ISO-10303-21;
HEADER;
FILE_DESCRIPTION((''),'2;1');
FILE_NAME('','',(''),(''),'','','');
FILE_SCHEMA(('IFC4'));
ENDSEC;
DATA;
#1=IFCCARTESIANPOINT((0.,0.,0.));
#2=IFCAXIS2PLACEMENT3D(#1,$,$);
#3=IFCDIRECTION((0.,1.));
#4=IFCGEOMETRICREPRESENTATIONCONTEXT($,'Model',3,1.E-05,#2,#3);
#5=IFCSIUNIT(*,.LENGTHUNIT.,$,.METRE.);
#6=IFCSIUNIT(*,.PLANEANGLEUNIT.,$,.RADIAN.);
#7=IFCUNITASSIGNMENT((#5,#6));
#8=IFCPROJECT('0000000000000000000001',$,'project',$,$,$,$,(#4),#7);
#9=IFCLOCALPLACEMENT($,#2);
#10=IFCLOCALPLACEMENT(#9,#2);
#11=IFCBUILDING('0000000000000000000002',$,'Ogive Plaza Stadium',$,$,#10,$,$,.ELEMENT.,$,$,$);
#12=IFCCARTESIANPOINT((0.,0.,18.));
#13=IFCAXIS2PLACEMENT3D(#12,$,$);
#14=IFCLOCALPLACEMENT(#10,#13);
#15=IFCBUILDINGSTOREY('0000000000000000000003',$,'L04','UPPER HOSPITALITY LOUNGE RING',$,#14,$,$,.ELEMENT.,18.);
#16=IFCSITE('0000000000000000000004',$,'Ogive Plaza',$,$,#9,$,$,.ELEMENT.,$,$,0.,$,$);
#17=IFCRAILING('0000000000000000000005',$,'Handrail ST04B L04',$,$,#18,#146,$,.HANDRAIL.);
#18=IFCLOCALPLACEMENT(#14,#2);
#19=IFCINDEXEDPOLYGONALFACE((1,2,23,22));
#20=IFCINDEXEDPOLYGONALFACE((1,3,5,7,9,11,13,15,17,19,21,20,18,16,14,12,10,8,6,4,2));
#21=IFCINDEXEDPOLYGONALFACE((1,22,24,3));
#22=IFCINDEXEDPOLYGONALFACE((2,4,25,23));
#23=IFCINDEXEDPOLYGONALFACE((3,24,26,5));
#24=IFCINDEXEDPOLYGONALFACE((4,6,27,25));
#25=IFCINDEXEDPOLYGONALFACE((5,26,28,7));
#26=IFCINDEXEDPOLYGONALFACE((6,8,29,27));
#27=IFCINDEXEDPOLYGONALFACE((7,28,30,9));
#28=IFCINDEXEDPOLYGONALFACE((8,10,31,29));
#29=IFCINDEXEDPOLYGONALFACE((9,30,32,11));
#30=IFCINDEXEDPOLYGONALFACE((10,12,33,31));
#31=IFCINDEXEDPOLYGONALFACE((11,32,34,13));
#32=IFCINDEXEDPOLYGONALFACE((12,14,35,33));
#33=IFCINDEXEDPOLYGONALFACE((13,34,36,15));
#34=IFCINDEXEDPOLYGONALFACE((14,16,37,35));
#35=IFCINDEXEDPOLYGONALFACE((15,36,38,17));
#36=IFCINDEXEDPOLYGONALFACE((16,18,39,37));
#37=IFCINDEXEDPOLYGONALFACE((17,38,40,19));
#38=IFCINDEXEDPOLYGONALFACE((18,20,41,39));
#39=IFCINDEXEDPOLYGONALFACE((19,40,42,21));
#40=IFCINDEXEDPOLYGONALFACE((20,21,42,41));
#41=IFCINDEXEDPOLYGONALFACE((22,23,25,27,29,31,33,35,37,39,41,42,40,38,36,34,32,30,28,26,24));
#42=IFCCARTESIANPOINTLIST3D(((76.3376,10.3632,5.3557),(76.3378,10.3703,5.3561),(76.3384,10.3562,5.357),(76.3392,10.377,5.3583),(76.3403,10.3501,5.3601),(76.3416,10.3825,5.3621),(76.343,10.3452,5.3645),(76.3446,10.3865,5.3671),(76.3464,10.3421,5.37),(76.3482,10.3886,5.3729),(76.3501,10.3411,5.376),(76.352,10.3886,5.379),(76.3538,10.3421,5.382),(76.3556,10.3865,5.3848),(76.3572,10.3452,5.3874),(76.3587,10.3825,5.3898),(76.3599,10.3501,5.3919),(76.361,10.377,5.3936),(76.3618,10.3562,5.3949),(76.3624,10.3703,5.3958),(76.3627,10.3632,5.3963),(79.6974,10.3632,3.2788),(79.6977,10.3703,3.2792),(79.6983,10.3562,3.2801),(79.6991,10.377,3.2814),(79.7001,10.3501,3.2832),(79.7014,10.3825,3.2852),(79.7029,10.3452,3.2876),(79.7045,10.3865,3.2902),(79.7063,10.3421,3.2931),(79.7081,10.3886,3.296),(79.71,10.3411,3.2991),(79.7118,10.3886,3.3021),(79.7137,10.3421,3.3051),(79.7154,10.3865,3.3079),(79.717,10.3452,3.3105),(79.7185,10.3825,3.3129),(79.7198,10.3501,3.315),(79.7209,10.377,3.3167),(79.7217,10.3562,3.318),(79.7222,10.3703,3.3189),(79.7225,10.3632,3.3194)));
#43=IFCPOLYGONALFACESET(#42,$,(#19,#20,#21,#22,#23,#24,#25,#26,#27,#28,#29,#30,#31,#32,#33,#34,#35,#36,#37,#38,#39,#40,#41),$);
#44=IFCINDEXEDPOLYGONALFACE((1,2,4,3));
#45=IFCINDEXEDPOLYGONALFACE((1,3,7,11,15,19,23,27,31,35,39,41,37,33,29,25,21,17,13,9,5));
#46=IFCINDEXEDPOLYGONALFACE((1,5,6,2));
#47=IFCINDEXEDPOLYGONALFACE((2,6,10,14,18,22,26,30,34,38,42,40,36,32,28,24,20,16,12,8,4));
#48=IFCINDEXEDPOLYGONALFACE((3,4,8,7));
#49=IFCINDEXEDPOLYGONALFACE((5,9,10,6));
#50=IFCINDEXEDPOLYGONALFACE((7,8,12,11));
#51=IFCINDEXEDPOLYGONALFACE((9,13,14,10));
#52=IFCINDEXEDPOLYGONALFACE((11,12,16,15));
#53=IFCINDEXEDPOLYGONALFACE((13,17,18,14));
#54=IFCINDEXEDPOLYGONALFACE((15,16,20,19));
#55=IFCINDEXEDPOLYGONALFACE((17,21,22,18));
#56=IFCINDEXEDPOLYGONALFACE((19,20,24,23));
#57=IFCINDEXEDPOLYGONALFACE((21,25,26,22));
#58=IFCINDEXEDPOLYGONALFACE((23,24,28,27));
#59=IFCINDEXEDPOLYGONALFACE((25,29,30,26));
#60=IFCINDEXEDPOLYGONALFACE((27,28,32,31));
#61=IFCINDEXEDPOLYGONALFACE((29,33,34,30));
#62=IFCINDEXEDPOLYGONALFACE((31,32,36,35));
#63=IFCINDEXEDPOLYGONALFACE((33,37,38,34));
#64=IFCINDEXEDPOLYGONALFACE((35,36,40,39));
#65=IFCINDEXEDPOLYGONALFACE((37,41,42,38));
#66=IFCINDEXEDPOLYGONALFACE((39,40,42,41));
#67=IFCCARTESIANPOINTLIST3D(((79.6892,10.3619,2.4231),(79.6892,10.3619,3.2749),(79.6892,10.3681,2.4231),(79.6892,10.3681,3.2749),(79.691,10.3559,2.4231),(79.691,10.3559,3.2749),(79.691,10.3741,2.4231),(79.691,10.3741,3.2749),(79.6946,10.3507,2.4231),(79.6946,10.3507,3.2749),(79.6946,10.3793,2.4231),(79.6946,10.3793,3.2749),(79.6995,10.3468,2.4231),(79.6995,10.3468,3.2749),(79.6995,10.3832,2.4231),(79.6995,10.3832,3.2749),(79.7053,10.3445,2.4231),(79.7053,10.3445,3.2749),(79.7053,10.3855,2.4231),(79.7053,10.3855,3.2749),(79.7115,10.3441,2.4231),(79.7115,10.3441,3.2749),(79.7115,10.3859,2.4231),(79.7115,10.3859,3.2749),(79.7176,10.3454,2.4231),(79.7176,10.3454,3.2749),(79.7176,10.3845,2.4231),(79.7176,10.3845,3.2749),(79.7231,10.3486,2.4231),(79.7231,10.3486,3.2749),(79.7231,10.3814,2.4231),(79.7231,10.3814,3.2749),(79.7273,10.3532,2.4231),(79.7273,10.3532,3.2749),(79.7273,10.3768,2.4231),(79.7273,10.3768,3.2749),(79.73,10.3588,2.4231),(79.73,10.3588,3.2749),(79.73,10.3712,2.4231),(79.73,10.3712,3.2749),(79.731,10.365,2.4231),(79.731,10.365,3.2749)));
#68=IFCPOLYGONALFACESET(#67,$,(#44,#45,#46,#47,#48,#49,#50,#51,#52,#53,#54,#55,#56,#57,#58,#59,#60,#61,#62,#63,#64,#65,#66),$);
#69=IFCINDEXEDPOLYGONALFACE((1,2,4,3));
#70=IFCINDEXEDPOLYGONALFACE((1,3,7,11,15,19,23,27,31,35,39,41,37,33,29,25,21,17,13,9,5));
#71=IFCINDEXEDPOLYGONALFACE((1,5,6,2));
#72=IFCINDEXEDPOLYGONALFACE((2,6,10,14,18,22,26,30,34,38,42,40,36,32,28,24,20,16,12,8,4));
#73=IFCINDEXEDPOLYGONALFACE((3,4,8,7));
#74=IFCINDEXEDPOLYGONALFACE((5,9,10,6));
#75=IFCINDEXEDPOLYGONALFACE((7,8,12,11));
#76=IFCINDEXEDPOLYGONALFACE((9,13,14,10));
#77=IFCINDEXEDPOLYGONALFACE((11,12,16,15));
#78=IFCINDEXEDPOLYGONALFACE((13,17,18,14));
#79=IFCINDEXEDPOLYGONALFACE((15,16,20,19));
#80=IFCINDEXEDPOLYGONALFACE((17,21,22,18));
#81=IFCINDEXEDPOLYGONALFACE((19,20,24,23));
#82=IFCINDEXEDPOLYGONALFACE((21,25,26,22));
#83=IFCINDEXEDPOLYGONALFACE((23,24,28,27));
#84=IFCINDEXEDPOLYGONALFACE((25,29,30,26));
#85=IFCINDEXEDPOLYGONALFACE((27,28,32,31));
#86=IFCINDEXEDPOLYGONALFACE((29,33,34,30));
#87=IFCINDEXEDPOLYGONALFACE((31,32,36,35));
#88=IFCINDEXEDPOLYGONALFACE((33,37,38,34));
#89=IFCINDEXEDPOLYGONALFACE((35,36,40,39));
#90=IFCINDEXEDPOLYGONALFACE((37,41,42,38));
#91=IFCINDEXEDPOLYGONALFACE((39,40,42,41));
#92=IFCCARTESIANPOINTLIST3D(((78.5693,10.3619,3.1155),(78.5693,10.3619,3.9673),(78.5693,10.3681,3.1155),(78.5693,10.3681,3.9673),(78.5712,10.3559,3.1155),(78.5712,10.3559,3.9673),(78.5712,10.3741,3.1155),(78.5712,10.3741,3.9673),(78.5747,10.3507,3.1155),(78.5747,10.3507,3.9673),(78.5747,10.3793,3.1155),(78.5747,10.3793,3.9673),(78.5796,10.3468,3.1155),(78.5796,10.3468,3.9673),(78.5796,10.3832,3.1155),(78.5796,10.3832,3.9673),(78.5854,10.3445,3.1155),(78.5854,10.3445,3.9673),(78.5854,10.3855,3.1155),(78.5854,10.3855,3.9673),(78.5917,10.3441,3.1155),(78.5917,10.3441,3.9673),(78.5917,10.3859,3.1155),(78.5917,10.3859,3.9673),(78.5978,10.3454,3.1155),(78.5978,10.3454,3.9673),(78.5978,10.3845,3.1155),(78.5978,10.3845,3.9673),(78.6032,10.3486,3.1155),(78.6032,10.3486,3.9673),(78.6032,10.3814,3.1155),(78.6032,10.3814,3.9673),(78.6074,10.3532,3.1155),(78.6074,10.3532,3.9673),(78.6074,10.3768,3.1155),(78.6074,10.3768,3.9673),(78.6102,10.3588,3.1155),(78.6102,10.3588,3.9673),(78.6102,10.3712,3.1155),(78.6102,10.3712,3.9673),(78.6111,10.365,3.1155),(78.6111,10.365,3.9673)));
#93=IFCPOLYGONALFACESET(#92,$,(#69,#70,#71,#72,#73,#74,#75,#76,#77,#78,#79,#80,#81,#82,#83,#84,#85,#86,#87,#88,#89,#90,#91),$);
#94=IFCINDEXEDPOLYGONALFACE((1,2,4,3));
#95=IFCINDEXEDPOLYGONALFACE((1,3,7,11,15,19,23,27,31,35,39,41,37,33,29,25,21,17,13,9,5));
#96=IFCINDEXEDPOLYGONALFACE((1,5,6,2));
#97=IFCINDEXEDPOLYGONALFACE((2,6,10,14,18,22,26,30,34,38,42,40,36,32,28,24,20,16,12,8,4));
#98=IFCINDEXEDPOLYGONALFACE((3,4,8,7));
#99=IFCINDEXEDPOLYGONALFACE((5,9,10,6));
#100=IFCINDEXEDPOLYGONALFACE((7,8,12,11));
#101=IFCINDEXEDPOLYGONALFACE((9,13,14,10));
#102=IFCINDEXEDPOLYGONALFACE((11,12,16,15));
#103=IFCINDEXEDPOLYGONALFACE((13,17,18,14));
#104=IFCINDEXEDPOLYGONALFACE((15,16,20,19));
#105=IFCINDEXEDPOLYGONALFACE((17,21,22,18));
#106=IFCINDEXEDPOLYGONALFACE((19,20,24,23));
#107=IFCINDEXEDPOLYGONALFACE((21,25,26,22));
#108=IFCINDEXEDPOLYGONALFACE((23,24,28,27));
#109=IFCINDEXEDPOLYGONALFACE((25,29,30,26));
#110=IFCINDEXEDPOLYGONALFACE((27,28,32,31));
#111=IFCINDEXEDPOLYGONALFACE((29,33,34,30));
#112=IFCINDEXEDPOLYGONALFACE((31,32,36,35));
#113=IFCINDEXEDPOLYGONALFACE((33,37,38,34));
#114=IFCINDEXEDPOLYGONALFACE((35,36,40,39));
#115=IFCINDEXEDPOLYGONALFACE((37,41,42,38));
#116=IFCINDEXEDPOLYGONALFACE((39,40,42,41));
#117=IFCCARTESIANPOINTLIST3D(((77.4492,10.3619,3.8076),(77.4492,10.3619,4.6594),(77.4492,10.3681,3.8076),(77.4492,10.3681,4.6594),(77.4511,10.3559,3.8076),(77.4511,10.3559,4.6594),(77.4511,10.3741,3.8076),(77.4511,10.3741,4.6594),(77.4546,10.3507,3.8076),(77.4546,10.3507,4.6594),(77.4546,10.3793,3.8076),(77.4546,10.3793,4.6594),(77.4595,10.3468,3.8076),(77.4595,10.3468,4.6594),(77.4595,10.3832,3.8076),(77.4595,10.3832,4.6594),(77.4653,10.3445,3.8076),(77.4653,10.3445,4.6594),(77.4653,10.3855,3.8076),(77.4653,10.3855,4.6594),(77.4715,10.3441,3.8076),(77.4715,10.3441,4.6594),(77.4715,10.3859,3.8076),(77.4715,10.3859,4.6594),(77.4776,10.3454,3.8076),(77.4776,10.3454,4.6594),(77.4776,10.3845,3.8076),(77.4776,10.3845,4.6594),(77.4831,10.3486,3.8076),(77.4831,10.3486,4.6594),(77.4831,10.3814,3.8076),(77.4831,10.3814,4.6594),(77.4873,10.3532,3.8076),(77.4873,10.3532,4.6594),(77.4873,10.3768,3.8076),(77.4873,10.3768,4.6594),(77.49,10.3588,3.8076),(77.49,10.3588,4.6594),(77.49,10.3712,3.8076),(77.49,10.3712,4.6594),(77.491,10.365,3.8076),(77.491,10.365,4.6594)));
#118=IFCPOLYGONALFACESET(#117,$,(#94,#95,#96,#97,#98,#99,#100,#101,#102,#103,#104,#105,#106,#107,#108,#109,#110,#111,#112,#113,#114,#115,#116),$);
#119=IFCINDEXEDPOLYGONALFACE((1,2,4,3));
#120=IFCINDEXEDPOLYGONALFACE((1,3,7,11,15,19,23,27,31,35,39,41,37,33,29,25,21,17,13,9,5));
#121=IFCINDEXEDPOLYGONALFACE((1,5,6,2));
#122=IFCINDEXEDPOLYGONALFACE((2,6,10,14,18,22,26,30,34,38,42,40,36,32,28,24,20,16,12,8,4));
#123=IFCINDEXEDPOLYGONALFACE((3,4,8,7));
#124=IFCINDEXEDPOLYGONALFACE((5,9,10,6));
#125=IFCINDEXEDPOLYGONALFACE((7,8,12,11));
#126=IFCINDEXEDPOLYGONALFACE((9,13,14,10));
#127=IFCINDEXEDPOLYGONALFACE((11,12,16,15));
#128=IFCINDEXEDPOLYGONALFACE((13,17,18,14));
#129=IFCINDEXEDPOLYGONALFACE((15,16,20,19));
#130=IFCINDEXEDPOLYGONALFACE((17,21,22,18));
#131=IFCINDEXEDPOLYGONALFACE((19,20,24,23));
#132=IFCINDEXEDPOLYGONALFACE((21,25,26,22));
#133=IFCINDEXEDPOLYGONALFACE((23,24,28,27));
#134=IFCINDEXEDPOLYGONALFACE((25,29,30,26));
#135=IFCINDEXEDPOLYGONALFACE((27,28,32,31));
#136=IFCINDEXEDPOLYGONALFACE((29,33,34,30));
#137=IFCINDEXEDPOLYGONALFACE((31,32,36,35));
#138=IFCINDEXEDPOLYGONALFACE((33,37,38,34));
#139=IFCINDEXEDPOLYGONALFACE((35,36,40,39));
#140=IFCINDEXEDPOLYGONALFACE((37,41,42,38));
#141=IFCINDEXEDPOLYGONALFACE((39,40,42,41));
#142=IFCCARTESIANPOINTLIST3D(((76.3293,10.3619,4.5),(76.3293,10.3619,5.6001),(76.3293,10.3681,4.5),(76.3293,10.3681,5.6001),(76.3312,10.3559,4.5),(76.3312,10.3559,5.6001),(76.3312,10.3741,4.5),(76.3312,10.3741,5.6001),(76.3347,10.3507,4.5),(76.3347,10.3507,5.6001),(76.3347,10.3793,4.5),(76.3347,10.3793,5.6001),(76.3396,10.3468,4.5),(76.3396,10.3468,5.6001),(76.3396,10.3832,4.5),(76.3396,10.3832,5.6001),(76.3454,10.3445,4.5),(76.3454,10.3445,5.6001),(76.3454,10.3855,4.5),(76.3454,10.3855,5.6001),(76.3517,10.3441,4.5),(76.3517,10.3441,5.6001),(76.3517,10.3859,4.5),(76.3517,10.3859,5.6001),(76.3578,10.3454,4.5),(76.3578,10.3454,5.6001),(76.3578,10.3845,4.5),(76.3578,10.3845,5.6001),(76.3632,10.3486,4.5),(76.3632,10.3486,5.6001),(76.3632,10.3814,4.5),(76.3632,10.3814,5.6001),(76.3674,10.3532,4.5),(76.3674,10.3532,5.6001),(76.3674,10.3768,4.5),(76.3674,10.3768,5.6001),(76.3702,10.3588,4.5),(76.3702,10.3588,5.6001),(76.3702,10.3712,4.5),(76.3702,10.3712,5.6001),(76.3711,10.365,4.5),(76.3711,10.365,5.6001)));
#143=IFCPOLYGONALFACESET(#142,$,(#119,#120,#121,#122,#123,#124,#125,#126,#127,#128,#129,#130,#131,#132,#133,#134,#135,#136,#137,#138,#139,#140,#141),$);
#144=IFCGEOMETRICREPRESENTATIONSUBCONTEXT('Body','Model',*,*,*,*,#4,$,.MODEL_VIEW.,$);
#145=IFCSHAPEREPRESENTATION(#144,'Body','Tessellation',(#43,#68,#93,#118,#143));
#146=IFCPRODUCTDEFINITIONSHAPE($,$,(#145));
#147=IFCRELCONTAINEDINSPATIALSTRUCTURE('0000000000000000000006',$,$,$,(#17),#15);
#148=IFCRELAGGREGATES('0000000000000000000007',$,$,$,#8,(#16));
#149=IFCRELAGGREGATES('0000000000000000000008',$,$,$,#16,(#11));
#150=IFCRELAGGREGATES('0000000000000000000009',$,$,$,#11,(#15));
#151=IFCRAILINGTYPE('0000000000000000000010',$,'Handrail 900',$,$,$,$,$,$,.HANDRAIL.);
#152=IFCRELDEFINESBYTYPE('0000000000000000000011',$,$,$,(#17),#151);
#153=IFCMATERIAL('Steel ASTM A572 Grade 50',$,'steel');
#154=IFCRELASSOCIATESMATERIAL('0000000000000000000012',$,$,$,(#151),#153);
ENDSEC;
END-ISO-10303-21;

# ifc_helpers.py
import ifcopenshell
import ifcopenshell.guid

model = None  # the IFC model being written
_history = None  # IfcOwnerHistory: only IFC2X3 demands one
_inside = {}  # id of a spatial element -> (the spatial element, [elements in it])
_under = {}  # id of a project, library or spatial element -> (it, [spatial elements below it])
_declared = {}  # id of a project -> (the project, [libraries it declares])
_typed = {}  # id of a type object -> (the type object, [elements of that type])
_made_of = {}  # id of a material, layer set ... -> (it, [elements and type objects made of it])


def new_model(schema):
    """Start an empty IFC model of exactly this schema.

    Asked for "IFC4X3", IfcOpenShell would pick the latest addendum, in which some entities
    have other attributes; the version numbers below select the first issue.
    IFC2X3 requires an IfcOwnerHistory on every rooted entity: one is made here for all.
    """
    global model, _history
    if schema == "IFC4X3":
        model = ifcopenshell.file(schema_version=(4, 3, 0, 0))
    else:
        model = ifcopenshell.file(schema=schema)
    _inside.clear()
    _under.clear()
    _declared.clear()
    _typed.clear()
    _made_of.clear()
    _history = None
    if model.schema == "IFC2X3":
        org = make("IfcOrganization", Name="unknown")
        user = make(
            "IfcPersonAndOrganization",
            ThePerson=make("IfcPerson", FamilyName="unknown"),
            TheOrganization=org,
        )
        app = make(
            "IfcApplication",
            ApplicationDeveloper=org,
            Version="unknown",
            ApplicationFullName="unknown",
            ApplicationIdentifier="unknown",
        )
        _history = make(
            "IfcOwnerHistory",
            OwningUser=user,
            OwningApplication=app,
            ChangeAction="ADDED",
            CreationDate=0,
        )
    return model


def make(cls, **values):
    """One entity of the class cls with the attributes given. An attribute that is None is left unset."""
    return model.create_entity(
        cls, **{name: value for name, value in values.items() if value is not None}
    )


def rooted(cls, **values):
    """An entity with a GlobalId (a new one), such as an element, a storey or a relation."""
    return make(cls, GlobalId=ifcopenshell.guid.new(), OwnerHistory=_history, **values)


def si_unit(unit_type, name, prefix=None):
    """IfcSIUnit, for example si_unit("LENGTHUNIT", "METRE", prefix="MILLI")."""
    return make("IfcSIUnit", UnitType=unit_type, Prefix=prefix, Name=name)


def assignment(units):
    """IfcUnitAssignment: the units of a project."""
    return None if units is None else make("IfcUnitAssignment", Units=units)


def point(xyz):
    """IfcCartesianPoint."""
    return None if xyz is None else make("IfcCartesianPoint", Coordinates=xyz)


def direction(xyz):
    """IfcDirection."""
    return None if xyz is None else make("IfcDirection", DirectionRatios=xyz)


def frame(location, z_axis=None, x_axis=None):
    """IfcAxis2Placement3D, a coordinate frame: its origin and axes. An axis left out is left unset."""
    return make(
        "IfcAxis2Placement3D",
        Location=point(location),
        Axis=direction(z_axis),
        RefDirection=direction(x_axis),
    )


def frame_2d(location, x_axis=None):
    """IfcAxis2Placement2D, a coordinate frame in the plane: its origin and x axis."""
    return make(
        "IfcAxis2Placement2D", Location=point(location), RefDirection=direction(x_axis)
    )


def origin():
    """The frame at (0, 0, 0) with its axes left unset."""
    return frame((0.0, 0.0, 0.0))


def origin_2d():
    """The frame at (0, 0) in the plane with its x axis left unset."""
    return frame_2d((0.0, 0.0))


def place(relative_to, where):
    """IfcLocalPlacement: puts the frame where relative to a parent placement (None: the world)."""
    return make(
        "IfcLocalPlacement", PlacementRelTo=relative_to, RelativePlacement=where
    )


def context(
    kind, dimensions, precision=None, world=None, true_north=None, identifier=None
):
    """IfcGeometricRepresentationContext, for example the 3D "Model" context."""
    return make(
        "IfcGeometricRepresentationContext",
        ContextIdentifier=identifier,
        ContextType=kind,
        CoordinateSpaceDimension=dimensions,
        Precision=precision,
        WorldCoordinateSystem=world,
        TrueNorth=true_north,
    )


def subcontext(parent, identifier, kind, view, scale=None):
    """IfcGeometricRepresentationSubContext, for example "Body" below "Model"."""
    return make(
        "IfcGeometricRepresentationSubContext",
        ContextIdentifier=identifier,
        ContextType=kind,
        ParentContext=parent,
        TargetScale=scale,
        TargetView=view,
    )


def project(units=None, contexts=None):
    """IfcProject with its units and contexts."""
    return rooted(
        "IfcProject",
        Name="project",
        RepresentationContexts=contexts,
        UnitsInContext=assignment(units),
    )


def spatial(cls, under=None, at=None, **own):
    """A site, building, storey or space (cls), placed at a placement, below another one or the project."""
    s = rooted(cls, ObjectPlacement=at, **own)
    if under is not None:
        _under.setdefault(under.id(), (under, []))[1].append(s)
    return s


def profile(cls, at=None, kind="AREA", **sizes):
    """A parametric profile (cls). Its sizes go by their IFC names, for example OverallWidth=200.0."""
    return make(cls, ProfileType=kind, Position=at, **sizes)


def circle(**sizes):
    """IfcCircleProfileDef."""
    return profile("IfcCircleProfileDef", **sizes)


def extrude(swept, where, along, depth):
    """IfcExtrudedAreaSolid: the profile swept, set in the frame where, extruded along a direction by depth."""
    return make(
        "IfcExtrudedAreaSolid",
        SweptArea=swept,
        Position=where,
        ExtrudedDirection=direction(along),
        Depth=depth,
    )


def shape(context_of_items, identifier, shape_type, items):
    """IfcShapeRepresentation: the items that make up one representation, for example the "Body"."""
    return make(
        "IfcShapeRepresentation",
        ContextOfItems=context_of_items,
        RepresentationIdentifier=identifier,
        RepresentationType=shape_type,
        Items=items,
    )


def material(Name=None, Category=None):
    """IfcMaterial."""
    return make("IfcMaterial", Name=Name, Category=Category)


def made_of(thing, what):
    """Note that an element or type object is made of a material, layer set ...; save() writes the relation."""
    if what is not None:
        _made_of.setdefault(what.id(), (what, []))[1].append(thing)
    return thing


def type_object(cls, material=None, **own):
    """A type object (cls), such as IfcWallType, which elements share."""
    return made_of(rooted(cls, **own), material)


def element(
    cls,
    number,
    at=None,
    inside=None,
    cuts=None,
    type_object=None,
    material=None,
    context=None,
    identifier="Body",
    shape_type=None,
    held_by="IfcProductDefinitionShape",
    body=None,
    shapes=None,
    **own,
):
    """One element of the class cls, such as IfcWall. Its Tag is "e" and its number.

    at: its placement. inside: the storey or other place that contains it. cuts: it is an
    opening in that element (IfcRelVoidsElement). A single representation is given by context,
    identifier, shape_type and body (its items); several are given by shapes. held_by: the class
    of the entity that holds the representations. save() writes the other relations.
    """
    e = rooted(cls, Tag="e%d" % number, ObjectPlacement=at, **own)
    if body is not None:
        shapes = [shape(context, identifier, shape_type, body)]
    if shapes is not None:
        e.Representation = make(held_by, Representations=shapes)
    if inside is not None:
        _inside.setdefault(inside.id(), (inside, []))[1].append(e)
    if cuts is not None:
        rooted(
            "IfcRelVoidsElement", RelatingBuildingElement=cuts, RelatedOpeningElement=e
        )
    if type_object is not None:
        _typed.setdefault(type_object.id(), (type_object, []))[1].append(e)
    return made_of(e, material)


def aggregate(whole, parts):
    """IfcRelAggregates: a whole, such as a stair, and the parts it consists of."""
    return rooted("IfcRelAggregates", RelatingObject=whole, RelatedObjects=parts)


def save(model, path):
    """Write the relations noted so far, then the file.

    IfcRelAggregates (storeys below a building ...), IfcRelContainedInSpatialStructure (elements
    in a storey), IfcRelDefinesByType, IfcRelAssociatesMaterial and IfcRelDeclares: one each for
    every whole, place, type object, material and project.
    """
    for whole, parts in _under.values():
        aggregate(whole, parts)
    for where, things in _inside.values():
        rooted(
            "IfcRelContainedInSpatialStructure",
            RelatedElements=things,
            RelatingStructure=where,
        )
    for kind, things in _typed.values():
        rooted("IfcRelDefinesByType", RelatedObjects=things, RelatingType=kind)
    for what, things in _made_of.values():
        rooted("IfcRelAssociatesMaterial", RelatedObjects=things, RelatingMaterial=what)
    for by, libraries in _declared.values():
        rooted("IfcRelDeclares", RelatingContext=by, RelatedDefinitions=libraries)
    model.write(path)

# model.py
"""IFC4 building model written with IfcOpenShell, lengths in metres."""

from ifc_helpers import new_model, si_unit, direction, frame, origin, origin_2d, place, context, subcontext, project, spatial, circle, extrude, material, type_object, element, save


model = new_model("IFC4")

# Units and contexts
model_context = context("Model", 3, precision=1e-05, world=origin(), true_north=direction((0.0, 1.0)))
body_context = subcontext(model_context, "Body", "Model", "MODEL_VIEW")
ifc_project = project(units=[si_unit("LENGTHUNIT", "METRE"), si_unit("PLANEANGLEUNIT", "RADIAN")], contexts=[model_context])

# Site, building, storey
site_placement = place(None, origin())
site = spatial("IfcSite", under=ifc_project, at=site_placement, Name="Ogive Plaza", CompositionType="ELEMENT", RefElevation=0.0)
building_placement = place(site_placement, origin())
building = spatial("IfcBuilding", under=site, at=building_placement, Name="Ogive Plaza Stadium", CompositionType="ELEMENT")
storey_placement = place(building_placement, frame((0.0, 0.0, 18.0)))
storey = spatial("IfcBuildingStorey", under=building, at=storey_placement, Name="L04", Description="UPPER HOSPITALITY LOUNGE RING", CompositionType="ELEMENT", Elevation=18.0)

# Railing
ifc_material_1 = material(Name="Steel ASTM A572 Grade 50", Category="steel")
railing_type_1 = type_object("IfcRailingType", Name="Handrail 900", PredefinedType="HANDRAIL", material=ifc_material_1)
for number, where, name in (
    (1, (79.71, 10.365, 2.4231), "Handrail ST04B L04"),
):
    element("IfcRailing", number, at=place(storey_placement, frame(where)), inside=storey, type_object=railing_type_1, Name=name, PredefinedType="HANDRAIL", context=body_context, shape_type="SweptSolid", body=[
        extrude(circle(Radius=0.0239, at=origin_2d()), frame((0.0, 0.0, 0.876), z_axis=(-0.850606, 0.0, 0.525803), x_axis=(0.0, -1.0, 0.0)), (0.0, 0.0, 1.0), 3.95),
        extrude(circle(Radius=0.021, at=origin_2d()), origin(), (0.0, 0.0, 1.0), 0.8518),
        extrude(circle(Radius=0.021, at=origin_2d()), frame((-1.1199, 0.0, 0.6924)), (0.0, 0.0, 1.0), 0.8518),
        extrude(circle(Radius=0.021, at=origin_2d()), frame((-2.24, 0.0, 1.3845)), (0.0, 0.0, 1.0), 0.8518),
        extrude(circle(Radius=0.021, at=origin_2d()), frame((-3.3599, 0.0, 2.0769)), (0.0, 0.0, 1.0), 1.1001),
    ])

save(model, "model.ifc")
